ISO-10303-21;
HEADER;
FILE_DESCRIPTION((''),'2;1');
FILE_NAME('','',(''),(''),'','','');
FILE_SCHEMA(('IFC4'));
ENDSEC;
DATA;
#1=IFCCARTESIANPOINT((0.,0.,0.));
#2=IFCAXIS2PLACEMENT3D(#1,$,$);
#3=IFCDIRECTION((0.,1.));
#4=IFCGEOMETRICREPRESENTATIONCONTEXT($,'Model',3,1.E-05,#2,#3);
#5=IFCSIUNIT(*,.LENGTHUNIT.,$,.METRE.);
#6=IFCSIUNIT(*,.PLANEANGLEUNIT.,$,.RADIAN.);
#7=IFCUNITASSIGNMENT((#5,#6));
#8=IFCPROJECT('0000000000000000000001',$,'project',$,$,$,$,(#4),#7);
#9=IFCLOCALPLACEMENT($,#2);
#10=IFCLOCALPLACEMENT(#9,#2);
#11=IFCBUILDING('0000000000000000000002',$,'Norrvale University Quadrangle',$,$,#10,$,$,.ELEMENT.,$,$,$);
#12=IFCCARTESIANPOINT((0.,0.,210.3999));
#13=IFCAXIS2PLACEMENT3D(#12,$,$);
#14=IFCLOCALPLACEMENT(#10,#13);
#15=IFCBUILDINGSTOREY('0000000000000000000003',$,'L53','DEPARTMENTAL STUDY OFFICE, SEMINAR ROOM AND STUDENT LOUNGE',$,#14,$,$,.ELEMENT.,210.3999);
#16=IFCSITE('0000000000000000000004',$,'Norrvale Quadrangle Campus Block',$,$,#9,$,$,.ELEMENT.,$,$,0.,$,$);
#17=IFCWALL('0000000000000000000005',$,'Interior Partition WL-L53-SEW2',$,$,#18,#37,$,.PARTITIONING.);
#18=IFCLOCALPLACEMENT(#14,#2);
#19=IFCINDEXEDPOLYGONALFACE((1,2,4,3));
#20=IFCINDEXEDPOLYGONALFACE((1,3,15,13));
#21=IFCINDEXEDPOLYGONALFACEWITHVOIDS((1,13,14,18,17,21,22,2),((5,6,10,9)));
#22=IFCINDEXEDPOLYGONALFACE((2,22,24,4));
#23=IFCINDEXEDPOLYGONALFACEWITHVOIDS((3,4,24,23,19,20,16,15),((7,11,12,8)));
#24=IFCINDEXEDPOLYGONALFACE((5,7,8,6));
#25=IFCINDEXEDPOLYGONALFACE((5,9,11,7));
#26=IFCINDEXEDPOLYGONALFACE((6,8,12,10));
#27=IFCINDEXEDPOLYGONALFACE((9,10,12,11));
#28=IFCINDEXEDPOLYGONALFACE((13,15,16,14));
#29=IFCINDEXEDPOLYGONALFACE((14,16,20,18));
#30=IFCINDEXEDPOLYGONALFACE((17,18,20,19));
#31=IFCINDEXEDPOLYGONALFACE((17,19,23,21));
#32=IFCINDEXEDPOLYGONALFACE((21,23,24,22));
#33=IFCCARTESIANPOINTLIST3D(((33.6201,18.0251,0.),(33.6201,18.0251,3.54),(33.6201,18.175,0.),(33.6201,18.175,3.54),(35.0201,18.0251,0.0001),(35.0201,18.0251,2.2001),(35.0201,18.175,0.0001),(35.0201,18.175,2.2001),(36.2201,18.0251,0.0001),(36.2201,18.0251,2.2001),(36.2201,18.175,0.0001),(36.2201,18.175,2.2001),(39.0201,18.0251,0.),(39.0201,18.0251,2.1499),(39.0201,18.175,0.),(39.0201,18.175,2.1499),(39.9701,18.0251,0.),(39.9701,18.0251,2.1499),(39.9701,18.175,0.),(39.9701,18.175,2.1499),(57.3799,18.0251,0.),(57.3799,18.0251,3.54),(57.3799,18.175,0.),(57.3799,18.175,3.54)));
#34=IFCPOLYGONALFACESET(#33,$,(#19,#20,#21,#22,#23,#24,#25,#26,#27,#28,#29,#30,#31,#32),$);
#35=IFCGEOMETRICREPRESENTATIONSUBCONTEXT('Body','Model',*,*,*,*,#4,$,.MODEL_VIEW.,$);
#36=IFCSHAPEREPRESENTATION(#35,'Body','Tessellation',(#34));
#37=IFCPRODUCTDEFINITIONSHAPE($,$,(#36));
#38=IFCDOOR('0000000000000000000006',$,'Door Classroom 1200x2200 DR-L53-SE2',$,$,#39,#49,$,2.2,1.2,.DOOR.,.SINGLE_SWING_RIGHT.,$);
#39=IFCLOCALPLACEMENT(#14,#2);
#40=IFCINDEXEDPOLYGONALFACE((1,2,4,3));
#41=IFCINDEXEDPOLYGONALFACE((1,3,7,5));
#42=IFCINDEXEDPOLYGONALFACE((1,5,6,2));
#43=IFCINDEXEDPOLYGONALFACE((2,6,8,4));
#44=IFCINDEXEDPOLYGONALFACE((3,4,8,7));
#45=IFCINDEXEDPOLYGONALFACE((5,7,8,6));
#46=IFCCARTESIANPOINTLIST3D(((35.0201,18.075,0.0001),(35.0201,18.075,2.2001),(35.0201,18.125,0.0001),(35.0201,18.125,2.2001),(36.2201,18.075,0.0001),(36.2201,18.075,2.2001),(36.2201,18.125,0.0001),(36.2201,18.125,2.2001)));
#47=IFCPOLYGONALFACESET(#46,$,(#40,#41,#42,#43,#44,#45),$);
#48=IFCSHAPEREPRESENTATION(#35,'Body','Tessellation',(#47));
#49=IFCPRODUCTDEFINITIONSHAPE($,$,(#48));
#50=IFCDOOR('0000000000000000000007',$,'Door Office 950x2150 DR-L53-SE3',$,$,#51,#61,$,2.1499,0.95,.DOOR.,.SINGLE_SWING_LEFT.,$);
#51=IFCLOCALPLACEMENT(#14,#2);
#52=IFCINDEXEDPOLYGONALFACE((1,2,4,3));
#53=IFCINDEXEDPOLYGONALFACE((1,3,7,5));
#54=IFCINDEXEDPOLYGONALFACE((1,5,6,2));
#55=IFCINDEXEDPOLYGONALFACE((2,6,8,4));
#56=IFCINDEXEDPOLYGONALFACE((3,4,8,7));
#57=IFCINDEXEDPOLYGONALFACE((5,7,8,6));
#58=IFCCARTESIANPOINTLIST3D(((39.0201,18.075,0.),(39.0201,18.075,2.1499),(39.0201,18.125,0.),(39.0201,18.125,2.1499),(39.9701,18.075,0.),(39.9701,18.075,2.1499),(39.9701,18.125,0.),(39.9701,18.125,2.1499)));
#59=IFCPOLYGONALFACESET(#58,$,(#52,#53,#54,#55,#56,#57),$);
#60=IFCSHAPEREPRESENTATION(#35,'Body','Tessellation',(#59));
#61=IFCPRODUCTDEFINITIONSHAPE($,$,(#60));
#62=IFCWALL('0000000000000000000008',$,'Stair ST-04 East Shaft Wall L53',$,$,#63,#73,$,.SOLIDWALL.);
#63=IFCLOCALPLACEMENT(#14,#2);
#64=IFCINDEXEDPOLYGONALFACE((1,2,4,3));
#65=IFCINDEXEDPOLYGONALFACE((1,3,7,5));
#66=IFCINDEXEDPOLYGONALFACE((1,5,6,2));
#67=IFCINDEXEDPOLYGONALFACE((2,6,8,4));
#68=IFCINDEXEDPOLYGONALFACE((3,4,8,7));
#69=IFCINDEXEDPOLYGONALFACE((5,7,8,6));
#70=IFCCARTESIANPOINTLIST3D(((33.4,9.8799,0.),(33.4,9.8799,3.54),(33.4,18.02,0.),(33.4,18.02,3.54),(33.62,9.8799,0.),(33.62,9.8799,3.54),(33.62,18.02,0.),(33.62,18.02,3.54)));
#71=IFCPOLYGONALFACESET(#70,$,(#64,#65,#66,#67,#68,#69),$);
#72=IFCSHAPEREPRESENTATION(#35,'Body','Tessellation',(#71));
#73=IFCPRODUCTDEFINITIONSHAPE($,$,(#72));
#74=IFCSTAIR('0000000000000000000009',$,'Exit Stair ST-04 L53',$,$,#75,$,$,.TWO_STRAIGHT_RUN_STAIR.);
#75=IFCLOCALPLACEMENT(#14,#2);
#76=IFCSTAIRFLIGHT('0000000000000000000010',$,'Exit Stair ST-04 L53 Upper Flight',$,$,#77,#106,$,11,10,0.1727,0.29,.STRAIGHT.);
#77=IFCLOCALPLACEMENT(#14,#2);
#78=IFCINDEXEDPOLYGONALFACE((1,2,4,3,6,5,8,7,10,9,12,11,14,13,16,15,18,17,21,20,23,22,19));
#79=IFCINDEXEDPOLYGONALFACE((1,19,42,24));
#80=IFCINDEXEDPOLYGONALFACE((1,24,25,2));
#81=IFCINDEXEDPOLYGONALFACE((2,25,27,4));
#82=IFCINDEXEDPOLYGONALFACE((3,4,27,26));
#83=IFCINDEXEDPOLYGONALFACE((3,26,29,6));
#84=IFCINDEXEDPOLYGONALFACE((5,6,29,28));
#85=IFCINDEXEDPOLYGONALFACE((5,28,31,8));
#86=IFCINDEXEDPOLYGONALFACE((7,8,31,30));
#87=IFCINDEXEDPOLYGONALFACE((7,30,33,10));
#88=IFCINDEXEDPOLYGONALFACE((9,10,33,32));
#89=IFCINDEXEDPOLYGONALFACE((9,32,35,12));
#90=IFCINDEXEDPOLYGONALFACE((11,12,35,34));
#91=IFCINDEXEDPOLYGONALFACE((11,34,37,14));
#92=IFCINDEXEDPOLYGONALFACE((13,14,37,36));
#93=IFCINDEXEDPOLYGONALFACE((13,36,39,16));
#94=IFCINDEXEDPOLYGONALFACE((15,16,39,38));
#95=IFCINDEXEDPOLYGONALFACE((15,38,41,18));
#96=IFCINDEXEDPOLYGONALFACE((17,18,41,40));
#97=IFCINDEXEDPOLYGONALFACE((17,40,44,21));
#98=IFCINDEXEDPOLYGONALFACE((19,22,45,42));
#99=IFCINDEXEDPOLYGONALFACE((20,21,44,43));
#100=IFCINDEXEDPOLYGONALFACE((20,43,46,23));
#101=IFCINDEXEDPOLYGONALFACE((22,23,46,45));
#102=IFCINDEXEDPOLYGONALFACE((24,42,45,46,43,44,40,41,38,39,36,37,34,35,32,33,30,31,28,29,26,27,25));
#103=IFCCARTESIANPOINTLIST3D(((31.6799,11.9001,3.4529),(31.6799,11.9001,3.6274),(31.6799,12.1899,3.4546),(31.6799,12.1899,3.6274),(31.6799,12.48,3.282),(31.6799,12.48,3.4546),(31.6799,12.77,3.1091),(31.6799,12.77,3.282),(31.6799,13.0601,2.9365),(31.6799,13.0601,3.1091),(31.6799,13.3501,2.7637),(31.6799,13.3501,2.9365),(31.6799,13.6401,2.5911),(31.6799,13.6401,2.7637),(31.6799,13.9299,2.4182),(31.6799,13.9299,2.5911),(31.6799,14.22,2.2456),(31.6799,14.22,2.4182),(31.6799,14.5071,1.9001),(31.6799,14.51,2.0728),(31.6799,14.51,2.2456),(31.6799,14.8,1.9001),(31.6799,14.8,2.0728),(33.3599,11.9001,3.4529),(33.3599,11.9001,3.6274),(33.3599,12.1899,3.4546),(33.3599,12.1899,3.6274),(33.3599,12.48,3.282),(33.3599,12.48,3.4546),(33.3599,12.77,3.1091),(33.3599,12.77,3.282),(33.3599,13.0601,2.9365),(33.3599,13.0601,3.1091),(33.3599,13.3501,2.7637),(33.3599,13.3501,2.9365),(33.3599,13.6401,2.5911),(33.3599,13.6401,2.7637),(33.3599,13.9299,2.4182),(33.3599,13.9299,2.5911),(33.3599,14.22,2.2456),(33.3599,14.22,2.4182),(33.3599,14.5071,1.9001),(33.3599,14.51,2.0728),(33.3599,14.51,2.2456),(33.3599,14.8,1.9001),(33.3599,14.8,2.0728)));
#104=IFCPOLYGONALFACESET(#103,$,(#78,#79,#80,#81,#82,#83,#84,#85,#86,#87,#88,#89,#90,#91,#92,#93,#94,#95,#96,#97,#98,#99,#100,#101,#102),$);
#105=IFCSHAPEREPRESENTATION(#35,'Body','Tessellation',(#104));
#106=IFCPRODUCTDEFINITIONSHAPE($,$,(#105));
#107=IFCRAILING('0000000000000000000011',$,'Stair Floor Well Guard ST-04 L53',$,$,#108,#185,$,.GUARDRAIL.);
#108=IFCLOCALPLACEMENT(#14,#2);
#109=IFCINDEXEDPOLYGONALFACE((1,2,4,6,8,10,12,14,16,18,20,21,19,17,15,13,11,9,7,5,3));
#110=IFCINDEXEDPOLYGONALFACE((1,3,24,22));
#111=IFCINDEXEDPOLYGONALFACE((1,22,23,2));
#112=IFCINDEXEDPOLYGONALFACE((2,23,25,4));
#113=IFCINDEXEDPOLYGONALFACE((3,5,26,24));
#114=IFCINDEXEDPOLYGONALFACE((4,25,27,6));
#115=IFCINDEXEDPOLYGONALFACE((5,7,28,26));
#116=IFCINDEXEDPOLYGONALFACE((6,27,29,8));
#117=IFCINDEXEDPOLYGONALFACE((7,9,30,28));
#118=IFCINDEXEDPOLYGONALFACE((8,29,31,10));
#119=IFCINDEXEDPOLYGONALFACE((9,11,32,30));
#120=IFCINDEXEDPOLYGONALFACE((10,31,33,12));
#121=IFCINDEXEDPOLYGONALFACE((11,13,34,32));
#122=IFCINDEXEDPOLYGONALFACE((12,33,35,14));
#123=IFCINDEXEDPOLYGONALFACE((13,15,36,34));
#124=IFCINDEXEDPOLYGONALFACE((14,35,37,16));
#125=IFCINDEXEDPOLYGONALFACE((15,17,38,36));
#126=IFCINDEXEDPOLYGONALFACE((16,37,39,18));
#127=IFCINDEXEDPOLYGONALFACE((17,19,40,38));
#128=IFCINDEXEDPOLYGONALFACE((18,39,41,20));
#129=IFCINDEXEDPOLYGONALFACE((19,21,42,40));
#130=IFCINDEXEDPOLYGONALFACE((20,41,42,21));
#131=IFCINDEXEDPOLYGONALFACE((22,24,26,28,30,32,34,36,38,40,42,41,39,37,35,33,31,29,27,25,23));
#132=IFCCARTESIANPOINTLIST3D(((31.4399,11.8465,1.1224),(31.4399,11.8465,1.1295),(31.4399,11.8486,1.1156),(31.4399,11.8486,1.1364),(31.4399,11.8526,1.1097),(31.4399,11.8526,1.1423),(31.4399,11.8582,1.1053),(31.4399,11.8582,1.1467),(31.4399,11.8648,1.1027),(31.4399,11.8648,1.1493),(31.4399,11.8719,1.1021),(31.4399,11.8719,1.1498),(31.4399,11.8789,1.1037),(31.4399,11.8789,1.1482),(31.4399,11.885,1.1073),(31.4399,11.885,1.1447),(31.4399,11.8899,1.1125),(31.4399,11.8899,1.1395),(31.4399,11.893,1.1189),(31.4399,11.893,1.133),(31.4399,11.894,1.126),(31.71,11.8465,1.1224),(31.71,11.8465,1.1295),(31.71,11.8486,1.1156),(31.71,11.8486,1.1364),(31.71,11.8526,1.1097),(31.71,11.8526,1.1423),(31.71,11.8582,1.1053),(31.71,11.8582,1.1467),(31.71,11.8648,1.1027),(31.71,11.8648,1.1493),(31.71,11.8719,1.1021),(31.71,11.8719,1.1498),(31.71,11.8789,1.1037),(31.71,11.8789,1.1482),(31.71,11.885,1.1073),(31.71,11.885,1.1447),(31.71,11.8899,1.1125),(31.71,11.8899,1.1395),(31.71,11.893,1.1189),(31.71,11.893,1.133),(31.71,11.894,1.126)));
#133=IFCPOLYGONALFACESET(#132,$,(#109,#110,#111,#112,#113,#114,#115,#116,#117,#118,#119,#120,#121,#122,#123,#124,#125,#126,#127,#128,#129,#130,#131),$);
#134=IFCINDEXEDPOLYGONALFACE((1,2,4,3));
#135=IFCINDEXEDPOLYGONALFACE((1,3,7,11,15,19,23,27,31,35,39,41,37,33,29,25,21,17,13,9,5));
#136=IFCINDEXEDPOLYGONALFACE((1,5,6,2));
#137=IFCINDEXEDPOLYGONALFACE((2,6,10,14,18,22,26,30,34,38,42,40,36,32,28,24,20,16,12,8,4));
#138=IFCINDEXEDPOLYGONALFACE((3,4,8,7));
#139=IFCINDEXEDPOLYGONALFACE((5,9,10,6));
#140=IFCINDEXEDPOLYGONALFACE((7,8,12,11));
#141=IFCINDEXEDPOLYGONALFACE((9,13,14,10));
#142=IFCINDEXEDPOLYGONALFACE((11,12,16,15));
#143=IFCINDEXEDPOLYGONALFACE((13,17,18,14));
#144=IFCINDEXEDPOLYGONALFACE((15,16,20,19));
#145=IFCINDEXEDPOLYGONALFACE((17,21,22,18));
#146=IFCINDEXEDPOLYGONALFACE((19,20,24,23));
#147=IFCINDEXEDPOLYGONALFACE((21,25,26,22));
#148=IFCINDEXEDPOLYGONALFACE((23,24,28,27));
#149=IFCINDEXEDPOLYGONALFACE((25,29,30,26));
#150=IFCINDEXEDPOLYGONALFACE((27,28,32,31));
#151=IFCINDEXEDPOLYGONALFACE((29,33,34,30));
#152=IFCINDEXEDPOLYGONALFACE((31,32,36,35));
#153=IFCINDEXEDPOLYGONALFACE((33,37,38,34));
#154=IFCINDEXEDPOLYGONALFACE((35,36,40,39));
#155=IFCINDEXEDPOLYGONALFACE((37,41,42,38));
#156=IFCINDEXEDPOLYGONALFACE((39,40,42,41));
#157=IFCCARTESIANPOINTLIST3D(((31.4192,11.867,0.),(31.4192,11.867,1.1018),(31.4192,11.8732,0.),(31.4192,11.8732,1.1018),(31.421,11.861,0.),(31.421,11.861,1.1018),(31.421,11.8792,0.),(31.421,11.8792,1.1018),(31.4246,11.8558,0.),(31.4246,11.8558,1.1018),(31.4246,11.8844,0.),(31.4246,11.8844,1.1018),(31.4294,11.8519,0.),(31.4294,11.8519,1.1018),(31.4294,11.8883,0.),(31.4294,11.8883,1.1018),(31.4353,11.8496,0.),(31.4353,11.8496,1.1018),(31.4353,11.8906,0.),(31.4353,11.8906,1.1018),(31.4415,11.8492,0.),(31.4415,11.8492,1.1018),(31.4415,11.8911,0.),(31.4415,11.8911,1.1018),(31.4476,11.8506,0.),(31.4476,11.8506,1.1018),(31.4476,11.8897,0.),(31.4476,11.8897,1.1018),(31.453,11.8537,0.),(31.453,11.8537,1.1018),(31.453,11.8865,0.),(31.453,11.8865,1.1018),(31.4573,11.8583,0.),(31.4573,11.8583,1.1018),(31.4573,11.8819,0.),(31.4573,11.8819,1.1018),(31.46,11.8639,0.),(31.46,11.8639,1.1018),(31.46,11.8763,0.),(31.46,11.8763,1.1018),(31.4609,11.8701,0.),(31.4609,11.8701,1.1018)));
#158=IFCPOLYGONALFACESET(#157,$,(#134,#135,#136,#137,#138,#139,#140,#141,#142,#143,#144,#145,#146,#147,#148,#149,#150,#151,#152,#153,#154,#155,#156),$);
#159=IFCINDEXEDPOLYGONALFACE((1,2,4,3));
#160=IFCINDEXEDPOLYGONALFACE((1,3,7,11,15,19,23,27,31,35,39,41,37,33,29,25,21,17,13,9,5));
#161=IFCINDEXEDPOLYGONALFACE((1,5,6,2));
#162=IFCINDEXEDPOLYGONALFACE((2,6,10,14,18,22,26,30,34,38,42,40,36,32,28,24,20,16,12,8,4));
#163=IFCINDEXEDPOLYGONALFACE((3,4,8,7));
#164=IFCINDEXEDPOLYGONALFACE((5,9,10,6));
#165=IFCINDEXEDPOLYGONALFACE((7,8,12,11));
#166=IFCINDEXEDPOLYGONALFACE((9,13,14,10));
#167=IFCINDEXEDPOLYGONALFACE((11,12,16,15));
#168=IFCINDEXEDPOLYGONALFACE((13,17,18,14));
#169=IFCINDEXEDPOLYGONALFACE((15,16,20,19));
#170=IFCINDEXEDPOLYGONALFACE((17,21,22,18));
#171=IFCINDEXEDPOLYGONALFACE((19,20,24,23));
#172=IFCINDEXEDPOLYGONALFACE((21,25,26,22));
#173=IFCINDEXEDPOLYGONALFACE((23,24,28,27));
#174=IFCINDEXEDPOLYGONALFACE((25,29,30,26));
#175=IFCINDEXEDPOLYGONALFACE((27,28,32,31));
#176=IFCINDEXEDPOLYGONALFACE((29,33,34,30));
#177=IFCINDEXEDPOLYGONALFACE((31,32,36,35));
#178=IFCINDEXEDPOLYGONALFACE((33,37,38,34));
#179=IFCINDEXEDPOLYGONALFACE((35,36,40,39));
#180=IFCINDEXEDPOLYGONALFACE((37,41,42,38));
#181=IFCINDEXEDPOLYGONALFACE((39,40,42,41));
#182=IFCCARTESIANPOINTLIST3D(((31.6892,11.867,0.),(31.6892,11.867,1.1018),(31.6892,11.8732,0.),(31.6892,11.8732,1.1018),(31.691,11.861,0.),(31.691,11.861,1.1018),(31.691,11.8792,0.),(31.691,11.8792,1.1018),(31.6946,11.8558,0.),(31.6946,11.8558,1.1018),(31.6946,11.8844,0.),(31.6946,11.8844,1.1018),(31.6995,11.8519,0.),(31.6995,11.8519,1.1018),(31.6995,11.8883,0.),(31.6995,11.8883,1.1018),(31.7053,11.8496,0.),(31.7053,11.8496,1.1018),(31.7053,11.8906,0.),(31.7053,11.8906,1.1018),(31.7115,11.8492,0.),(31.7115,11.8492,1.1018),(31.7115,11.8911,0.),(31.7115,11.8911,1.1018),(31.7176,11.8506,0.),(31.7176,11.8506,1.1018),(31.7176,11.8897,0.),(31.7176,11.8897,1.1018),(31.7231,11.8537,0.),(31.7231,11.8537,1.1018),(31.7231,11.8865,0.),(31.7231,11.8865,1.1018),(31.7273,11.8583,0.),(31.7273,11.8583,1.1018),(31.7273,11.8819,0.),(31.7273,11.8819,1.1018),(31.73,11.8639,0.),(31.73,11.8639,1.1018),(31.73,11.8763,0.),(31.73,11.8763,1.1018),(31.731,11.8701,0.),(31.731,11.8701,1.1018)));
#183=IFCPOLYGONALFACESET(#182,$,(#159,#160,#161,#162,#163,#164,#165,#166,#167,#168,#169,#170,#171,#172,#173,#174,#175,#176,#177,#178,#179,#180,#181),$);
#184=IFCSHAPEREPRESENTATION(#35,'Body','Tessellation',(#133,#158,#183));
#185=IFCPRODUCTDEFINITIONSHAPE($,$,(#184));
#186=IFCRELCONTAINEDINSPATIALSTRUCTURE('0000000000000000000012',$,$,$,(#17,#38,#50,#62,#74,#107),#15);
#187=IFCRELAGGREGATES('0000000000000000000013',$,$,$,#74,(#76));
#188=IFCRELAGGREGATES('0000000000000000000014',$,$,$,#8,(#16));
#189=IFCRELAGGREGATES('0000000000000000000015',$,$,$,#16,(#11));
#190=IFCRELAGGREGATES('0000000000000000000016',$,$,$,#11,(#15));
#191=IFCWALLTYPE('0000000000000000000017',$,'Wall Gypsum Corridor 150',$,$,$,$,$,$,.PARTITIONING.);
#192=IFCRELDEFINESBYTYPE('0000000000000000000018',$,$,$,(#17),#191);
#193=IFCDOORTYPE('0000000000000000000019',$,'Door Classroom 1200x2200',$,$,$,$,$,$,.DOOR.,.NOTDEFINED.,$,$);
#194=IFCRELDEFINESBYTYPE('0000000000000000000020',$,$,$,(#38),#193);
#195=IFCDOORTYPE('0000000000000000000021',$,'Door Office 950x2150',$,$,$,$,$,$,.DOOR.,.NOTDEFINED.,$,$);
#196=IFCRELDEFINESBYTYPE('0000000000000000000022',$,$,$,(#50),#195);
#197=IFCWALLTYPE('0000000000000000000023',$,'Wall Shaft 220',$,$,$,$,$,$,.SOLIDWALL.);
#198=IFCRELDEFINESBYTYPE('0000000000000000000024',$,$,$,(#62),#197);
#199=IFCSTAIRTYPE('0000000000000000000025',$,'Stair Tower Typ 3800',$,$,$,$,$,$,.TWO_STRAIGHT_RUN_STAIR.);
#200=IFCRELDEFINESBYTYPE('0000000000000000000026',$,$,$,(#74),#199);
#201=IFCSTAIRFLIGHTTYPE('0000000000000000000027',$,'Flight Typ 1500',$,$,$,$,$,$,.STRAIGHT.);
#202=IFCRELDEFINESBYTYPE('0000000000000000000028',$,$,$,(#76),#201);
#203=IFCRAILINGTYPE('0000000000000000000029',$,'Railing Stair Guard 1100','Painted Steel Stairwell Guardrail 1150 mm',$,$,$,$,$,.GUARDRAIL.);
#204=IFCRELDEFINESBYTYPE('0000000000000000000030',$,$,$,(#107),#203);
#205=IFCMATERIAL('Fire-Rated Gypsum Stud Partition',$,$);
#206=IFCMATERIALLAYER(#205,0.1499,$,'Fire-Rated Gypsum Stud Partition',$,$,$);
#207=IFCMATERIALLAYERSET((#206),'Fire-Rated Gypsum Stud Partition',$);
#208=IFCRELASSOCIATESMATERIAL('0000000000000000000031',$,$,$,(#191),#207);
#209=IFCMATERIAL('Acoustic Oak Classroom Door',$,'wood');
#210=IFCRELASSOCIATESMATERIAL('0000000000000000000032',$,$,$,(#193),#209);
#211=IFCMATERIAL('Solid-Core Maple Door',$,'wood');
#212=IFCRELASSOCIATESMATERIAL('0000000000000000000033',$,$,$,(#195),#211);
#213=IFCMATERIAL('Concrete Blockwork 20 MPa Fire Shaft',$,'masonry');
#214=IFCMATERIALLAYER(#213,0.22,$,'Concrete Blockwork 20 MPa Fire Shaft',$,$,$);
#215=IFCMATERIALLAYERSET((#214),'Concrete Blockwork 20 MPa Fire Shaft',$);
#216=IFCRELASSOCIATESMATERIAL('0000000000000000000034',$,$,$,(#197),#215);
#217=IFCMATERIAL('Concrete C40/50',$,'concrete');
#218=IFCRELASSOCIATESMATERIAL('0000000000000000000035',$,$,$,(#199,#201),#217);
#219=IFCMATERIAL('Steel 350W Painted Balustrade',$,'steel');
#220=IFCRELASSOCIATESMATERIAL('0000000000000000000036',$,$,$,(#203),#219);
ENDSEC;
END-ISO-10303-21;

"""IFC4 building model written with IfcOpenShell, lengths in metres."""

from ifc_helpers import new_model, si_unit, direction, frame, frame_2d, origin, origin_2d, place, context, subcontext, project, spatial, polyline, rectangle, circle, outline, extrude, material, layer, layer_set, type_object, element, fill, aggregate, save


model = new_model("IFC4")

# Units and contexts
model_context = context("Model", 3, precision=1e-05, world=origin(), true_north=direction((0.0, 1.0)))
body_context = subcontext(model_context, "Body", "Model", "MODEL_VIEW")
ifc_project = project(units=[si_unit("LENGTHUNIT", "METRE"), si_unit("PLANEANGLEUNIT", "RADIAN")], contexts=[model_context])

# Site, building, storey
site_placement = place(None, origin())
site = spatial("IfcSite", under=ifc_project, at=site_placement, Name="Norrvale Quadrangle Campus Block", CompositionType="ELEMENT", RefElevation=0.0)
building_placement = place(site_placement, origin())
building = spatial("IfcBuilding", under=site, at=building_placement, Name="Norrvale University Quadrangle", CompositionType="ELEMENT")
storey_placement = place(building_placement, frame((0.0, 0.0, 210.3999)))
storey = spatial("IfcBuildingStorey", under=building, at=storey_placement, Name="L53", Description="DEPARTMENTAL STUDY OFFICE, SEMINAR ROOM AND STUDENT LOUNGE", CompositionType="ELEMENT", Elevation=210.3999)

# Wall, openings, doors
ifc_material_1 = material(Name="Fire-Rated Gypsum Stud Partition")
ifc_layer_1 = layer(ifc_material_1, 0.1499, Name="Fire-Rated Gypsum Stud Partition")
ifc_layer_set_1 = layer_set([ifc_layer_1], Name="Fire-Rated Gypsum Stud Partition")
wall_type_1 = type_object("IfcWallType", Name="Wall Gypsum Corridor 150", PredefinedType="PARTITIONING", material=ifc_layer_set_1)
wall_1_placement = place(storey_placement, frame((33.6201, 18.1001, 0.0), z_axis=(0.0, 0.0, 1.0), x_axis=(1.0, 0.0, 0.0)))
wall_1 = element("IfcWall", 1, at=wall_1_placement, inside=storey, type_object=wall_type_1, Name="Interior Partition WL-L53-SEW2", PredefinedType="PARTITIONING", context=body_context, shape_type="SweptSolid", body=[
    extrude(rectangle(XDim=23.7598, YDim=0.1499, at=frame_2d((11.8799, 0.0))), origin(), (0.0, 0.0, 1.0), 3.54),
])
opening_1_placement = place(wall_1_placement, frame((1.3999, 0.0, 0.0)))
opening_1 = element("IfcOpeningElement", 2, at=opening_1_placement, cuts=wall_1, PredefinedType="OPENING", context=body_context, shape_type="SweptSolid", body=[
    extrude(rectangle(XDim=1.2, YDim=2.2, at=frame_2d((0.6001, 1.1001))), frame((0.0, 0.0869, 0.0), z_axis=(0.0, -1.0, 0.0), x_axis=(1.0, 0.0, 0.0)), (0.0, 0.0, 1.0), 0.1738),
])
opening_2_placement = place(wall_1_placement, frame((5.3999, 0.0, 0.0)))
opening_2 = element("IfcOpeningElement", 3, at=opening_2_placement, cuts=wall_1, PredefinedType="OPENING", context=body_context, shape_type="SweptSolid", body=[
    extrude(rectangle(XDim=0.95, YDim=2.1499, at=frame_2d((0.4751, 1.075))), frame((0.0, 0.0869, 0.0), z_axis=(0.0, -1.0, 0.0), x_axis=(1.0, 0.0, 0.0)), (0.0, 0.0, 1.0), 0.1738),
])
ifc_material_2 = material(Name="Acoustic Oak Classroom Door", Category="wood")
door_type_1 = type_object("IfcDoorType", Name="Door Classroom 1200x2200", OperationType="NOTDEFINED", PredefinedType="DOOR", material=ifc_material_2)
door_1_placement = place(opening_1_placement, origin())
door_1 = element("IfcDoor", 4, at=door_1_placement, inside=storey, type_object=door_type_1, Name="Door Classroom 1200x2200 DR-L53-SE2", OperationType="SINGLE_SWING_RIGHT", OverallHeight=2.2, OverallWidth=1.2, PredefinedType="DOOR", context=body_context, shape_type="SweptSolid", body=[
    extrude(rectangle(XDim=1.2, YDim=2.2, at=frame_2d((0.6001, 1.1001))), frame((0.0, 0.0249, 0.0), z_axis=(0.0, -1.0, 0.0), x_axis=(1.0, 0.0, 0.0)), (0.0, 0.0, 1.0), 0.05),
])
fill(opening_1, door_1)
ifc_material_3 = material(Name="Solid-Core Maple Door", Category="wood")
door_type_2 = type_object("IfcDoorType", Name="Door Office 950x2150", OperationType="NOTDEFINED", PredefinedType="DOOR", material=ifc_material_3)
door_2_placement = place(opening_2_placement, origin())
door_2 = element("IfcDoor", 5, at=door_2_placement, inside=storey, type_object=door_type_2, Name="Door Office 950x2150 DR-L53-SE3", OperationType="SINGLE_SWING_LEFT", OverallHeight=2.1499, OverallWidth=0.95, PredefinedType="DOOR", context=body_context, shape_type="SweptSolid", body=[
    extrude(rectangle(XDim=0.95, YDim=2.1499, at=frame_2d((0.4751, 1.075))), frame((0.0, 0.0249, 0.0), z_axis=(0.0, -1.0, 0.0), x_axis=(1.0, 0.0, 0.0)), (0.0, 0.0, 1.0), 0.05),
])
fill(opening_2, door_2)

# Wall
ifc_material_4 = material(Name="Concrete Blockwork 20 MPa Fire Shaft", Category="masonry")
ifc_layer_2 = layer(ifc_material_4, 0.22, Name="Concrete Blockwork 20 MPa Fire Shaft")
ifc_layer_set_2 = layer_set([ifc_layer_2], Name="Concrete Blockwork 20 MPa Fire Shaft")
wall_type_2 = type_object("IfcWallType", Name="Wall Shaft 220", PredefinedType="SOLIDWALL", material=ifc_layer_set_2)
wall_2_placement = place(storey_placement, frame((33.51, 9.8799, 0.0), z_axis=(0.0, 0.0, 1.0), x_axis=(0.0, 1.0, 0.0)))
element("IfcWall", 6, at=wall_2_placement, inside=storey, type_object=wall_type_2, Name="Stair ST-04 East Shaft Wall L53", PredefinedType="SOLIDWALL", context=body_context, shape_type="SweptSolid", body=[
    extrude(rectangle(XDim=8.1401, YDim=0.22, at=frame_2d((4.0701, 0.0))), origin(), (0.0, 0.0, 1.0), 3.54),
])

# Stair, stair flight
ifc_material_5 = material(Name="Concrete C40/50", Category="concrete")
stair_type = type_object("IfcStairType", Name="Stair Tower Typ 3800", PredefinedType="TWO_STRAIGHT_RUN_STAIR", material=ifc_material_5)
stair_placement = place(storey_placement, origin())
stair = element("IfcStair", 7, at=stair_placement, inside=storey, type_object=stair_type, Name="Exit Stair ST-04 L53", PredefinedType="TWO_STRAIGHT_RUN_STAIR")
stair_flight_type = type_object("IfcStairFlightType", Name="Flight Typ 1500", PredefinedType="STRAIGHT", material=ifc_material_5)
stair_flight_placement = place(storey_placement, frame((32.52, 14.8, 1.9001), z_axis=(0.0, 0.0, 1.0), x_axis=(0.0, -1.0, 0.0)))
stair_flight = element("IfcStairFlight", 8, at=stair_flight_placement, type_object=stair_flight_type, Name="Exit Stair ST-04 L53 Upper Flight", NumberOfRisers=11, NumberOfTreads=10, PredefinedType="STRAIGHT", RiserHeight=0.1727, TreadLength=0.29, context=body_context, shape_type="SweptSolid", body=[
    extrude(outline(polyline([(0.0, 0.0), (0.0, 0.1726), (0.29, 0.1726), (0.29, 0.3455), (0.5801, 0.3455), (0.5801, 0.5181), (0.8701, 0.5181), (0.8701, 0.6909), (1.1599, 0.6909), (1.1599, 0.8635), (1.45, 0.8635), (1.45, 1.0364), (1.74, 1.0364), (1.74, 1.209), (2.03, 1.209), (2.03, 1.3818), (2.3201, 1.3818), (2.3201, 1.5544), (2.6101, 1.5544), (2.6101, 1.7273), (2.8999, 1.7273), (2.8999, 1.8999), (2.8999, 1.5527), (0.293, 0.0), (0.0, 0.0)])), frame((0.0, 0.8398, 0.0), z_axis=(0.0, -1.0, 0.0), x_axis=(1.0, 0.0, 0.0)), (0.0, 0.0, 1.0), 1.6799),
])
aggregate(stair, [stair_flight])

# Railing
ifc_material_6 = material(Name="Steel 350W Painted Balustrade", Category="steel")
railing_type_1 = type_object("IfcRailingType", Name="Railing Stair Guard 1100", Description="Painted Steel Stairwell Guardrail 1150 mm", PredefinedType="GUARDRAIL", material=ifc_material_6)
for number, where, name in (
    (9, (31.4399, 11.8701, 0.0), "Stair Floor Well Guard ST-04 L53"),
):
    element("IfcRailing", number, at=place(storey_placement, frame(where)), inside=storey, type_object=railing_type_1, Name=name, PredefinedType="GUARDRAIL", context=body_context, shape_type="SweptSolid", body=[
        extrude(circle(Radius=0.0239, at=origin_2d()), frame((0.0, 0.0, 1.126), z_axis=(1.0, 0.0, 0.0), x_axis=(0.0, 1.0, 0.0)), (0.0, 0.0, 1.0), 0.27),
        extrude(circle(Radius=0.021, at=origin_2d()), origin(), (0.0, 0.0, 1.0), 1.1018),
        extrude(circle(Radius=0.021, at=origin_2d()), frame((0.27, 0.0, 0.0)), (0.0, 0.0, 1.0), 1.1018),
    ])

save(model, "model.ifc")
